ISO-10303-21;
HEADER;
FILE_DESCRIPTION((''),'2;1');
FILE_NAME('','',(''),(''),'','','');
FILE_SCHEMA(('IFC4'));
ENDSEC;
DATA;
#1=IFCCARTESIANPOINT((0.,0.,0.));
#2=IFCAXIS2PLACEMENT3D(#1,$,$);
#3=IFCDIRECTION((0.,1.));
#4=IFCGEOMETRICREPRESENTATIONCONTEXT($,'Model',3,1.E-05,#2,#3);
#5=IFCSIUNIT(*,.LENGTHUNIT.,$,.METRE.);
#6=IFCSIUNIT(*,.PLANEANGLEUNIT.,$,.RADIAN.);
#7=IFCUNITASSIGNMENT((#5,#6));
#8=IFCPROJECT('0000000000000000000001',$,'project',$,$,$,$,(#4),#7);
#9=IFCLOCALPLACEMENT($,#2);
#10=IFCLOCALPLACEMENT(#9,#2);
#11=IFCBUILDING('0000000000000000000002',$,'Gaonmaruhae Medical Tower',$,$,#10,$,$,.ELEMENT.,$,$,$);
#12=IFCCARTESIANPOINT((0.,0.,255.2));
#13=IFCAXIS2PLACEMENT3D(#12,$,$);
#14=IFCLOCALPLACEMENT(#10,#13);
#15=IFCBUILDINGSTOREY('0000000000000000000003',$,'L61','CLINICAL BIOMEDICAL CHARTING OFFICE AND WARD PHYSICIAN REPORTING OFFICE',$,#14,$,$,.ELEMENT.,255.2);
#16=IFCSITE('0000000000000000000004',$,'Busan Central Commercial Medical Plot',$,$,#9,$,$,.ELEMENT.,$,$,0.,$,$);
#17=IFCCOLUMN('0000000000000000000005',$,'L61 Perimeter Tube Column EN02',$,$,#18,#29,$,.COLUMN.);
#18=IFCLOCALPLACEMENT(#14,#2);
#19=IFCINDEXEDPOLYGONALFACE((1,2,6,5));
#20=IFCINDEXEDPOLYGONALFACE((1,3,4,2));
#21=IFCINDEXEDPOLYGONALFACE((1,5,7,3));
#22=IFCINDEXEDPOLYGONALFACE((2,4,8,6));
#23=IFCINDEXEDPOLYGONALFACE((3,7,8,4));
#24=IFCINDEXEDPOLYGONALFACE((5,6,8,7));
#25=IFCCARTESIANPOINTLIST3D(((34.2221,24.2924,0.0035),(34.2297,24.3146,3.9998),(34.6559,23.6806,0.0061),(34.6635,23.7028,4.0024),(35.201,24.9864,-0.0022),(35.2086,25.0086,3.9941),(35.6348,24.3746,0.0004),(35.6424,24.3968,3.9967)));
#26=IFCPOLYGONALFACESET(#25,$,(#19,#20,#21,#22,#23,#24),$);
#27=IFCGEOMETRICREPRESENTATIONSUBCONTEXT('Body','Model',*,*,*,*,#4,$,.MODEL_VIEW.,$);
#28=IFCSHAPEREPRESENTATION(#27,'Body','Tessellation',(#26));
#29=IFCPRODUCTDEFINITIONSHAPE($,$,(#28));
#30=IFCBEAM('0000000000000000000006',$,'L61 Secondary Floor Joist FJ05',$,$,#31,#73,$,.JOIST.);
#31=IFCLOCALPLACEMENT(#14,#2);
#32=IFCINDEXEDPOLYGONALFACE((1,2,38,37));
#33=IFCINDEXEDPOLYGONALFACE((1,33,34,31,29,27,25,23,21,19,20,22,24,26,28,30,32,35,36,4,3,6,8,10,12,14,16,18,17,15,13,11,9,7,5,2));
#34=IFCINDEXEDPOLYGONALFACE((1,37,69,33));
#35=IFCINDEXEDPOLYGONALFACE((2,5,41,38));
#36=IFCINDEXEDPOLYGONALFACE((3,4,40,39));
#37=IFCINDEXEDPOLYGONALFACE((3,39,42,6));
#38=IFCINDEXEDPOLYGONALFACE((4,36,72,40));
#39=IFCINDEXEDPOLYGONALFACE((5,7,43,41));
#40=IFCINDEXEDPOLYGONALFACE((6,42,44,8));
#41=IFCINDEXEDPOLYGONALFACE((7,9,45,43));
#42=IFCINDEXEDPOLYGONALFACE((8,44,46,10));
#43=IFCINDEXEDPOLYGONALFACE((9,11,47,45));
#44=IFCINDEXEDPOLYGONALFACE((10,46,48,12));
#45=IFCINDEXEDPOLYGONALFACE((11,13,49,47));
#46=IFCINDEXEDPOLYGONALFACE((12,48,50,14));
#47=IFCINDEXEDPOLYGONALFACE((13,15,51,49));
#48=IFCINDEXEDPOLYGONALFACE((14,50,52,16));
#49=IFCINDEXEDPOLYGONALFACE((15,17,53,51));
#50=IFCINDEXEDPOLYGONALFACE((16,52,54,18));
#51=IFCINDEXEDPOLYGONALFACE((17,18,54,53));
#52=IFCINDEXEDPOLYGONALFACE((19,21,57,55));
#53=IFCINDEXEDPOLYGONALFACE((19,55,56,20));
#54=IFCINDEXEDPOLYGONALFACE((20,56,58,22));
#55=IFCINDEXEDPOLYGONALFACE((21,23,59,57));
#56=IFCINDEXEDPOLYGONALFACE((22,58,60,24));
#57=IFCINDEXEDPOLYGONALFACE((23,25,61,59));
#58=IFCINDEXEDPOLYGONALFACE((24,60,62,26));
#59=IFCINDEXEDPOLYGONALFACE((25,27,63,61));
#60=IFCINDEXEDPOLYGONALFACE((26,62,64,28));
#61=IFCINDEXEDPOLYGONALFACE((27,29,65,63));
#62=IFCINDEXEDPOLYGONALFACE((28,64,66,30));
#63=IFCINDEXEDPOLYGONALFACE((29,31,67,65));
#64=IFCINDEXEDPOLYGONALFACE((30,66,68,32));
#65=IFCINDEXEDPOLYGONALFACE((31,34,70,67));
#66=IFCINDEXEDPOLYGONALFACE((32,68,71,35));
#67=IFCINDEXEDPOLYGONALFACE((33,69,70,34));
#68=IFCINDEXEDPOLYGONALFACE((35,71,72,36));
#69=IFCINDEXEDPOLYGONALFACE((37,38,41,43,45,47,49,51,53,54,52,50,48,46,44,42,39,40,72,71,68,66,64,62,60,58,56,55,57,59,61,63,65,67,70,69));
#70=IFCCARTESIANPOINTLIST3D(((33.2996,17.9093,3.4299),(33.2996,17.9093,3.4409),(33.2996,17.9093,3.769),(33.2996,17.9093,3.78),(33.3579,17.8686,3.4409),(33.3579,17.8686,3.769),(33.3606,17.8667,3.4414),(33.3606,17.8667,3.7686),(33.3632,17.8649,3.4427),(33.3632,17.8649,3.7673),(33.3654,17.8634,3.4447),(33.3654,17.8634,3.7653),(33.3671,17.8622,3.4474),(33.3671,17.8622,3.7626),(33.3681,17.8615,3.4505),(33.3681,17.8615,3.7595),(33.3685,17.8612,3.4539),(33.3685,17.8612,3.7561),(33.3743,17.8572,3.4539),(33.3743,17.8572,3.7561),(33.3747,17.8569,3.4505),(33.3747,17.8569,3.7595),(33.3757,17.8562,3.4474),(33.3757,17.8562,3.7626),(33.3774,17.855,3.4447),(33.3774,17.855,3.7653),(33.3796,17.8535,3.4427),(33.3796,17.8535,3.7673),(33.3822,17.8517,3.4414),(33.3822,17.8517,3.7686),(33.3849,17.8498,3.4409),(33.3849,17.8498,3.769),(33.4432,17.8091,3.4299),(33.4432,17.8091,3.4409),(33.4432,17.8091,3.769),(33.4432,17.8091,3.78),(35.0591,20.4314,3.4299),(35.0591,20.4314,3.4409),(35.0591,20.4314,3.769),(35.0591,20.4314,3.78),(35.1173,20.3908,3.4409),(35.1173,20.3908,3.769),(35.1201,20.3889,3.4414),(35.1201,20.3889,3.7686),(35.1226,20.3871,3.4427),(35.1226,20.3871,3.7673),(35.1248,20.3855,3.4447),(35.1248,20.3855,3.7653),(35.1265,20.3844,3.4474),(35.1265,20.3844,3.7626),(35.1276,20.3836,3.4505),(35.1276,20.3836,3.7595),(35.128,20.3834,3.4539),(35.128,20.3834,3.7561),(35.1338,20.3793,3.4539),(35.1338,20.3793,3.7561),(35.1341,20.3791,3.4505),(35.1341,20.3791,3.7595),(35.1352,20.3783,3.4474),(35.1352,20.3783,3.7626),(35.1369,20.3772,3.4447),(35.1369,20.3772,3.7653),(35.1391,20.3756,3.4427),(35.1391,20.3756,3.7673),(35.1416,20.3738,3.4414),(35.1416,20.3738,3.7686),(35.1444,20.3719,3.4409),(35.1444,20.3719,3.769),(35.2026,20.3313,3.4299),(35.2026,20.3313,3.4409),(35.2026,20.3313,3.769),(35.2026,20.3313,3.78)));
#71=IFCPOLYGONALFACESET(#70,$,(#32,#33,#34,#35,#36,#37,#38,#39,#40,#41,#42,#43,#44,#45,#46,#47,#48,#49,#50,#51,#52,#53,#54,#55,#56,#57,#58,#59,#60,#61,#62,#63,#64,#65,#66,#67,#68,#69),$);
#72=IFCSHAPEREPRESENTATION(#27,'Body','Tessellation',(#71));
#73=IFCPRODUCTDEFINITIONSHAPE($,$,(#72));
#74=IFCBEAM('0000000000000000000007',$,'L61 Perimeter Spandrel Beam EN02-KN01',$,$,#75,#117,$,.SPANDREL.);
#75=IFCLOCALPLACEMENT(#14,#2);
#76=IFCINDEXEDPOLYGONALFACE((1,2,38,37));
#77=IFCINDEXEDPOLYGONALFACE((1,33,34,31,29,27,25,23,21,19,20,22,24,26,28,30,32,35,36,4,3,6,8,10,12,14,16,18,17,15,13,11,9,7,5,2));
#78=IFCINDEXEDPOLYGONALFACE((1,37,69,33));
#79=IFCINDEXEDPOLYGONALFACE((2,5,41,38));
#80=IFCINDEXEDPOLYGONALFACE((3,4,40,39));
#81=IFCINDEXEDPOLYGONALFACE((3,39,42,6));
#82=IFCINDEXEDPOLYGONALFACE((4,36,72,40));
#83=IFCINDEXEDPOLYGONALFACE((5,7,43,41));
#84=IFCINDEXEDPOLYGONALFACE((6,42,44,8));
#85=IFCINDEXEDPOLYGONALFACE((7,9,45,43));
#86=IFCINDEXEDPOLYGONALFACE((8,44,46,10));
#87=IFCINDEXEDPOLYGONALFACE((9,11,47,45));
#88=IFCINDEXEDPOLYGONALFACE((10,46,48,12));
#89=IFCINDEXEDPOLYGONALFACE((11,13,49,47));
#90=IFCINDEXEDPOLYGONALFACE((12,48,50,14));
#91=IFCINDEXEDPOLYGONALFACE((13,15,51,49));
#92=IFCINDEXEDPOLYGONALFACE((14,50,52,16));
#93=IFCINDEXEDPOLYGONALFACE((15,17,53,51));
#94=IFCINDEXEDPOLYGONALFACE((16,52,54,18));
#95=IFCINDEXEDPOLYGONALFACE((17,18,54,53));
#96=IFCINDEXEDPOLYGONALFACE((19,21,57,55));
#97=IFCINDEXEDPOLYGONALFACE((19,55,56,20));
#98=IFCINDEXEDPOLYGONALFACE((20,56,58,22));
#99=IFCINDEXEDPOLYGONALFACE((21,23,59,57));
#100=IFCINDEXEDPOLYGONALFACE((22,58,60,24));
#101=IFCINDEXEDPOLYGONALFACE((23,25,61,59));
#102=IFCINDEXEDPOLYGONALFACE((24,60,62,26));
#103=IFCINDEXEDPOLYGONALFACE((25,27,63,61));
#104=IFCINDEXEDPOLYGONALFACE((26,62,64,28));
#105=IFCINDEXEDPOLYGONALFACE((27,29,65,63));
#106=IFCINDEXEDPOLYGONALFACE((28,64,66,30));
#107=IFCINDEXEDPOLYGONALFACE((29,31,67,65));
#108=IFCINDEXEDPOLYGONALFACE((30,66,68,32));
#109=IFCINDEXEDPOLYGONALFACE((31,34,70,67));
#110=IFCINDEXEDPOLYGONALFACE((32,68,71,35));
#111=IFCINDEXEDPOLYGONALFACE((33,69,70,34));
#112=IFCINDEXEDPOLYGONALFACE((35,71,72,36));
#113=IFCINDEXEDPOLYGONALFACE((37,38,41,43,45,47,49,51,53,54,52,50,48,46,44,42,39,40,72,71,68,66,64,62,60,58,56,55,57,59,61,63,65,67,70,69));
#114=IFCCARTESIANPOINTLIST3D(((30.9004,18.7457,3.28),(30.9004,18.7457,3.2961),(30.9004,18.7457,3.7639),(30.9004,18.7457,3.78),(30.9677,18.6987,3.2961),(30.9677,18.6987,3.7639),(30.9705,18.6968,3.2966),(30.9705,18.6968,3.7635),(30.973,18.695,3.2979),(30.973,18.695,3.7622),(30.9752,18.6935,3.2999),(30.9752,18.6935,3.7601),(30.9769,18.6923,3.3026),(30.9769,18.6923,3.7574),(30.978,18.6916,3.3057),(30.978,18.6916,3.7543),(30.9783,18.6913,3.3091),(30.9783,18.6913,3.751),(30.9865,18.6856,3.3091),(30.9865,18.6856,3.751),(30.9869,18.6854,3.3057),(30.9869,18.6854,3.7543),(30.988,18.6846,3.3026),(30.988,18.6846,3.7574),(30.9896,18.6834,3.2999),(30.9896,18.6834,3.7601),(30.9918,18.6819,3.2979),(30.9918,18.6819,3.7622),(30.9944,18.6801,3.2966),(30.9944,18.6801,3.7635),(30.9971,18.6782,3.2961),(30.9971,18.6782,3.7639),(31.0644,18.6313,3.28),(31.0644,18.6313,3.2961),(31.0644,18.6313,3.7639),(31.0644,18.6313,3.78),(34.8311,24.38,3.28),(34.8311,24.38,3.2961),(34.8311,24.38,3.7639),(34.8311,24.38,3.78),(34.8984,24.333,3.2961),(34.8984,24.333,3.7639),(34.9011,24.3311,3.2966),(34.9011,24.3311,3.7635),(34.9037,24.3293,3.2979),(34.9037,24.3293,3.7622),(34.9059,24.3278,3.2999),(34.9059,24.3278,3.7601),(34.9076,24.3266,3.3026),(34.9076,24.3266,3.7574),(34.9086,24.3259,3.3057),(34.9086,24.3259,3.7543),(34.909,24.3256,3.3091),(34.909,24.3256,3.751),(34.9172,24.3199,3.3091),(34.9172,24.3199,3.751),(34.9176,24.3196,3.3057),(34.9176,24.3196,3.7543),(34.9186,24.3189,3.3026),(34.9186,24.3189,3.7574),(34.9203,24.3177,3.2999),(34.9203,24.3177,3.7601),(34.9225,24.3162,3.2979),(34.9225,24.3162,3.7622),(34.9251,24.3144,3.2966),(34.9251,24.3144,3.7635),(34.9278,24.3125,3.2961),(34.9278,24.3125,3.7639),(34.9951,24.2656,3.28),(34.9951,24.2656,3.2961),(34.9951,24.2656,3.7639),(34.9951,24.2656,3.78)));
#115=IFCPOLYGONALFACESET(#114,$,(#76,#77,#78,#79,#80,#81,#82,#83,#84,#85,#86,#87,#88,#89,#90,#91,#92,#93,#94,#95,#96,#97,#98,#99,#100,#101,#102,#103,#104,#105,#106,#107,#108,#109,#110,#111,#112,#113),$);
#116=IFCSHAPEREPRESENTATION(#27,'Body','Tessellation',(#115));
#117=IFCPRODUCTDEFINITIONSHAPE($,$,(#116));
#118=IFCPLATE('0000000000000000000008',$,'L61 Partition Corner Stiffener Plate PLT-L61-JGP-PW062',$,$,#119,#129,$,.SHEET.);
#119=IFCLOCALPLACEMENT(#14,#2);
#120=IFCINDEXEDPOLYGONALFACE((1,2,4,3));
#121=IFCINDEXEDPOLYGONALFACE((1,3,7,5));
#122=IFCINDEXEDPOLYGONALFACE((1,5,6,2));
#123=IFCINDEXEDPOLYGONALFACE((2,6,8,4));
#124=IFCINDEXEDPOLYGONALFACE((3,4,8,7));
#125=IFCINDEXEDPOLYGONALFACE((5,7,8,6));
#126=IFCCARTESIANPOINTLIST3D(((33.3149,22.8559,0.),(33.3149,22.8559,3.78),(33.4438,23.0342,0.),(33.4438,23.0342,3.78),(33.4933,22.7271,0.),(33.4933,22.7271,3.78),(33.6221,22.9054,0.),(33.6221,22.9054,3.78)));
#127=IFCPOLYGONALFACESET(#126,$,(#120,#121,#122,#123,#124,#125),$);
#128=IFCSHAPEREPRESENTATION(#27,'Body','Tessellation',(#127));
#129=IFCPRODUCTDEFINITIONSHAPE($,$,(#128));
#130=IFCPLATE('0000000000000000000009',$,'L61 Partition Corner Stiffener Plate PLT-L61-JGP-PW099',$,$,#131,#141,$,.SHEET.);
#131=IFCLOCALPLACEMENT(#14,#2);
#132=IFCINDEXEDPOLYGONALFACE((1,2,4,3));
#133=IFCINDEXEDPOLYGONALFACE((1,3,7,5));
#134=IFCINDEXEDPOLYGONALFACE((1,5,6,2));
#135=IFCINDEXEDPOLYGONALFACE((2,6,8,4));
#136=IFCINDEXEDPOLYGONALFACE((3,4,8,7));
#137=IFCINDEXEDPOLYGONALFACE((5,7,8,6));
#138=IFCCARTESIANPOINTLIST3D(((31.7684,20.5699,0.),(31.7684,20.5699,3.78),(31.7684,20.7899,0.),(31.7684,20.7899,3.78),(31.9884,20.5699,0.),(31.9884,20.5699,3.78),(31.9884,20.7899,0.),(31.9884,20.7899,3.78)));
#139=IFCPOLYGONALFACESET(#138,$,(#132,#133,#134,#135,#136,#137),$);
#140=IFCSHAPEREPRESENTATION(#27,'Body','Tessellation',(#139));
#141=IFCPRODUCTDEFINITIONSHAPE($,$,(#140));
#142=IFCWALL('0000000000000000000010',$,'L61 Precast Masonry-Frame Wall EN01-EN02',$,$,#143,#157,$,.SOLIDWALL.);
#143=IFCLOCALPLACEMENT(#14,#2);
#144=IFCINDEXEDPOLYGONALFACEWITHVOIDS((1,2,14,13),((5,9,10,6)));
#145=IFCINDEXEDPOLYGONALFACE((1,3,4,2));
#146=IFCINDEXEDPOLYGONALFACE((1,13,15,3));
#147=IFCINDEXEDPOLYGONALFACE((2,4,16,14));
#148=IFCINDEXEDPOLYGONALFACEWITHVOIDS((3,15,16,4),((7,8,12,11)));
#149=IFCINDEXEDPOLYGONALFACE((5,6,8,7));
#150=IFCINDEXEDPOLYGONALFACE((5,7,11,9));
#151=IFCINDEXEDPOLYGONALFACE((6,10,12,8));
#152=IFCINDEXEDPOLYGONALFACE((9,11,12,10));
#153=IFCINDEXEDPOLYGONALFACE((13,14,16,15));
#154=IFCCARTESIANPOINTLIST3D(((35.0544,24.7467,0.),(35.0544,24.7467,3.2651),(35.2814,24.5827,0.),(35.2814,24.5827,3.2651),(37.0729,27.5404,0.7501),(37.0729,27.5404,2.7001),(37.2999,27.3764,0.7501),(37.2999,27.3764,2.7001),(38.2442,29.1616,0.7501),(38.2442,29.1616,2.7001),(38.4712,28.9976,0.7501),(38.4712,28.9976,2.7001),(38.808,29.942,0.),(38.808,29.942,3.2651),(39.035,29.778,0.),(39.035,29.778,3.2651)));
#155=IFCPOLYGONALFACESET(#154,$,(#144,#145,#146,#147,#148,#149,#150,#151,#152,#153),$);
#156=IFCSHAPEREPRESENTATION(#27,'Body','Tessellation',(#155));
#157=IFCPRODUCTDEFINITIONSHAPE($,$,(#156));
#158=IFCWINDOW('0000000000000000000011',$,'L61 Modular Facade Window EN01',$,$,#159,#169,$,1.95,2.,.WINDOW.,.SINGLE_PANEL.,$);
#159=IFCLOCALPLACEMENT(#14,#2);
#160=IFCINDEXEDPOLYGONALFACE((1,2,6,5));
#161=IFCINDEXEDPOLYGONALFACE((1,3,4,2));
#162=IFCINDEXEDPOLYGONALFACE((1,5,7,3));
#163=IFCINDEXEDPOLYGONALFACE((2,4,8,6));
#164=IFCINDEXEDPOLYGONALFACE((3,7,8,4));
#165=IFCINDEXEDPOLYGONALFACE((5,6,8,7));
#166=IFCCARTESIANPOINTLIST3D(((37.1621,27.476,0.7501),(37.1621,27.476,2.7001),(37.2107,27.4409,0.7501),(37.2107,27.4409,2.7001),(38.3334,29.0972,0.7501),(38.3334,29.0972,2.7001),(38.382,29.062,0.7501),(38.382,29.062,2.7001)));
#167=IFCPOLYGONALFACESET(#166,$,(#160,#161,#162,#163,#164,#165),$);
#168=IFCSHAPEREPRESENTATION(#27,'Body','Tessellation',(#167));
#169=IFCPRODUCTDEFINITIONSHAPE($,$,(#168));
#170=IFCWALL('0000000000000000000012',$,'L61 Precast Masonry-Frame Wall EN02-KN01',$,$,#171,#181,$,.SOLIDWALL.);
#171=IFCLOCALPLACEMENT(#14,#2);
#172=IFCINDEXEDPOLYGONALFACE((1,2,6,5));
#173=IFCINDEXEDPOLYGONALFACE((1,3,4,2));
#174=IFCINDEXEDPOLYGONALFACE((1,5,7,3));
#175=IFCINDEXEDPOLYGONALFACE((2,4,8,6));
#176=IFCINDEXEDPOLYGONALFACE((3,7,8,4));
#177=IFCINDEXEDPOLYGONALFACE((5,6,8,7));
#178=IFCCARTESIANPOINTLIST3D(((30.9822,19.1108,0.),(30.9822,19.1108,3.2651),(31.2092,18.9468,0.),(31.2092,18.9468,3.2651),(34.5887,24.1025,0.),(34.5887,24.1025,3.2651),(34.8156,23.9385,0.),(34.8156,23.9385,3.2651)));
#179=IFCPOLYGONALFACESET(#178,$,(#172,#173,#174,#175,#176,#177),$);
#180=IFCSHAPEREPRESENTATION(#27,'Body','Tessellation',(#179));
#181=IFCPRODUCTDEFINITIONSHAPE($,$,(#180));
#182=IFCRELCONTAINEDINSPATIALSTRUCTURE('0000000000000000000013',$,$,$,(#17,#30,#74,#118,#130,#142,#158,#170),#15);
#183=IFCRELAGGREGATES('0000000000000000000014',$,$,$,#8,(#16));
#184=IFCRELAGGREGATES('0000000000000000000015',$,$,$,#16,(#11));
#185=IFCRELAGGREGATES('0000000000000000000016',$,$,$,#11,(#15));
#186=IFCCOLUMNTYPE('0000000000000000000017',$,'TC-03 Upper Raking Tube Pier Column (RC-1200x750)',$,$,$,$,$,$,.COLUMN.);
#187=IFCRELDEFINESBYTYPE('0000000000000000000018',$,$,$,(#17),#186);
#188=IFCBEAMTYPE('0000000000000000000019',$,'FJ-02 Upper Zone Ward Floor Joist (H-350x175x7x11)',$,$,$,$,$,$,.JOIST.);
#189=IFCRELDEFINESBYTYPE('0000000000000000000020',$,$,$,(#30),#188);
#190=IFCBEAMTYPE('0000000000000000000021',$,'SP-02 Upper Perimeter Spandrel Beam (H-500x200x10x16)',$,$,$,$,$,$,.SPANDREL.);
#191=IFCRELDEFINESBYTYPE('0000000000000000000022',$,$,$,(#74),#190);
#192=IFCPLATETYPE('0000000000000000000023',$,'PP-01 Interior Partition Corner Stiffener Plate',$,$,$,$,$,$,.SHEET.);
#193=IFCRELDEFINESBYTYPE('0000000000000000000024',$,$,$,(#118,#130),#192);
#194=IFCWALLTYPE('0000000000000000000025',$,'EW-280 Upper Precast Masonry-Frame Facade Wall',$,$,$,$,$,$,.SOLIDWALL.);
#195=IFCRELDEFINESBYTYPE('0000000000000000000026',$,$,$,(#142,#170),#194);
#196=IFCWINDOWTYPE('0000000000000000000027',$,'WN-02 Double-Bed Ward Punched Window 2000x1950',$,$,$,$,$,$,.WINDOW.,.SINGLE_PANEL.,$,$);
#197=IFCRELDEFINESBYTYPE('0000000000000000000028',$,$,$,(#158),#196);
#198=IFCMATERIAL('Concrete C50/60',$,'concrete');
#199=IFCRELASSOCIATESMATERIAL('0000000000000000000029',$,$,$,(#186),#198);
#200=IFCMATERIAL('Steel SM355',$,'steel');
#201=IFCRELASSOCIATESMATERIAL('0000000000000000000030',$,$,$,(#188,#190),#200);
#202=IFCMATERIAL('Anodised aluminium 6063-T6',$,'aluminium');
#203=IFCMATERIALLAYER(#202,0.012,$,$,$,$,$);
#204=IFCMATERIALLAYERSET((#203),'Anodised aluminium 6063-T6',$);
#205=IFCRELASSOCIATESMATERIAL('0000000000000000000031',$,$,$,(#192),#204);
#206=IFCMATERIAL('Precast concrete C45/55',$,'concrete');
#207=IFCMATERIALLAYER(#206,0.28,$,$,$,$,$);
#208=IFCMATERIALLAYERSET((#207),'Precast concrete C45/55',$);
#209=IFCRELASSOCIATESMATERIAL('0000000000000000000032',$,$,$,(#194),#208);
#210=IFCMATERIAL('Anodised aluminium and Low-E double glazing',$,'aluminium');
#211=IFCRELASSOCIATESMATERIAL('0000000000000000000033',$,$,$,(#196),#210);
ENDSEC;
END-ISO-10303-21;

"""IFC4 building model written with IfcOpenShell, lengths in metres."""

from ifc_helpers import new_model, si_unit, direction, frame, frame_2d, origin, origin_2d, place, context, subcontext, project, spatial, rectangle, i_section, extrude, material, layer, layer_set, material_profile, profile_set, type_object, element, fill, save


model = new_model("IFC4")

# Units and contexts
model_context = context("Model", 3, precision=1e-05, world=origin(), true_north=direction((0.0, 1.0)))
body_context = subcontext(model_context, "Body", "Model", "MODEL_VIEW")
ifc_project = project(units=[si_unit("LENGTHUNIT", "METRE"), si_unit("PLANEANGLEUNIT", "RADIAN")], contexts=[model_context])

# Site, building, storey
site_placement = place(None, origin())
site = spatial("IfcSite", under=ifc_project, at=site_placement, Name="Busan Central Commercial Medical Plot", CompositionType="ELEMENT", RefElevation=0.0)
building_placement = place(site_placement, origin())
building = spatial("IfcBuilding", under=site, at=building_placement, Name="Gaonmaruhae Medical Tower", CompositionType="ELEMENT")
storey_placement = place(building_placement, frame((0.0, 0.0, 255.2)))
storey = spatial("IfcBuildingStorey", under=building, at=storey_placement, Name="L61", Description="CLINICAL BIOMEDICAL CHARTING OFFICE AND WARD PHYSICIAN REPORTING OFFICE", CompositionType="ELEMENT", Elevation=255.2)

# Column
ifc_material_1 = material(Name="Concrete C50/60", Category="concrete")
ifc_material_profile_1 = material_profile(ifc_material_1, rectangle(XDim=1.2, YDim=0.75, at=origin_2d()), Name="RC-1200x750")
ifc_profile_set_1 = profile_set([ifc_material_profile_1], Name="Concrete C50/60")
column_type = type_object("IfcColumnType", Name="TC-03 Upper Raking Tube Pier Column (RC-1200x750)", PredefinedType="COLUMN", material=ifc_profile_set_1)
column_placement = place(storey_placement, frame((34.9285, 24.3335, 0.002), z_axis=(0.001894, 0.005559, 0.999983), x_axis=(-0.815749, -0.578387, 0.00476)))
element("IfcColumn", 1, at=column_placement, inside=storey, type_object=column_type, Name="L61 Perimeter Tube Column EN02", PredefinedType="COLUMN", context=body_context, shape_type="SweptSolid", body=[
    extrude(rectangle(XDim=1.2, YDim=0.75, at=origin_2d()), origin(), (0.0, 0.0, 1.0), 3.9963),
])

# Beams
ifc_material_2 = material(Name="Steel SM355", Category="steel")
ifc_material_profile_2 = material_profile(ifc_material_2, i_section(OverallWidth=0.175, OverallDepth=0.3501, WebThickness=0.0071, FlangeThickness=0.011, FilletRadius=0.0129, at=origin_2d()), Name="H-350x175x7x11")
ifc_profile_set_2 = profile_set([ifc_material_profile_2], Name="Steel SM355")
beam_type_1 = type_object("IfcBeamType", Name="FJ-02 Upper Zone Ward Floor Joist (H-350x175x7x11)", PredefinedType="JOIST", material=ifc_profile_set_2)
beam_1_placement = place(storey_placement, frame((35.1309, 20.3813, 3.605), z_axis=(-0.572146, -0.820152, 0.0), x_axis=(0.820152, -0.572146, 0.0)))
element("IfcBeam", 2, at=beam_1_placement, inside=storey, type_object=beam_type_1, Name="L61 Secondary Floor Joist FJ05", PredefinedType="JOIST", context=body_context, shape_type="SweptSolid", body=[
    extrude(i_section(OverallWidth=0.175, OverallDepth=0.3501, WebThickness=0.0071, FlangeThickness=0.011, FilletRadius=0.0129, at=origin_2d()), origin(), (0.0, 0.0, 1.0), 3.0752),
])
ifc_material_profile_3 = material_profile(ifc_material_2, i_section(OverallWidth=0.2, OverallDepth=0.5, WebThickness=0.01, FlangeThickness=0.0161, FilletRadius=0.0129, at=origin_2d()), Name="H-500x200x10x16")
ifc_profile_set_3 = profile_set([ifc_material_profile_3], Name="Steel SM355")
beam_type_2 = type_object("IfcBeamType", Name="SP-02 Upper Perimeter Spandrel Beam (H-500x200x10x16)", PredefinedType="SPANDREL", material=ifc_profile_set_3)
beam_2_placement = place(storey_placement, frame((34.9131, 24.3228, 3.53), z_axis=(-0.572159, -0.820142, 0.0), x_axis=(0.820142, -0.572159, 0.0)))
element("IfcBeam", 3, at=beam_2_placement, inside=storey, type_object=beam_type_2, Name="L61 Perimeter Spandrel Beam EN02-KN01", PredefinedType="SPANDREL", context=body_context, shape_type="SweptSolid", body=[
    extrude(i_section(OverallWidth=0.2, OverallDepth=0.5, WebThickness=0.01, FlangeThickness=0.0161, FilletRadius=0.0129, at=origin_2d()), origin(), (0.0, 0.0, 1.0), 6.8699),
])

# Plates
ifc_material_3 = material(Name="Anodised aluminium 6063-T6", Category="aluminium")
ifc_layer_1 = layer(ifc_material_3, 0.012)
ifc_layer_set_1 = layer_set([ifc_layer_1], Name="Anodised aluminium 6063-T6")
plate_type = type_object("IfcPlateType", Name="PP-01 Interior Partition Corner Stiffener Plate", PredefinedType="SHEET", material=ifc_layer_set_1)
for number, where, z_axis, x_axis, name in (
    (4, (33.4685, 22.8806, 0.0), (0.0, 0.0, 1.0), (-0.810614, 0.58558, 0.0), "L61 Partition Corner Stiffener Plate PLT-L61-JGP-PW062"),
    (5, (31.8784, 20.6799, 0.0), (0.0, 0.0, 1.0), (-1.0, 0.0, 0.0), "L61 Partition Corner Stiffener Plate PLT-L61-JGP-PW099"),
):
    element("IfcPlate", number, at=place(storey_placement, frame(where, z_axis=z_axis, x_axis=x_axis)), inside=storey, type_object=plate_type, Name=name, PredefinedType="SHEET", context=body_context, shape_type="SweptSolid", body=[
        extrude(rectangle(XDim=0.22, YDim=0.22, at=origin_2d()), origin(), (0.0, 0.0, 1.0), 3.78),
    ])

# Wall, opening, window
ifc_material_4 = material(Name="Precast concrete C45/55", Category="concrete")
ifc_layer_2 = layer(ifc_material_4, 0.28)
ifc_layer_set_2 = layer_set([ifc_layer_2], Name="Precast concrete C45/55")
wall_type_1 = type_object("IfcWallType", Name="EW-280 Upper Precast Masonry-Frame Facade Wall", PredefinedType="SOLIDWALL", material=ifc_layer_set_2)
wall_1_placement = place(storey_placement, frame((35.168, 24.6648, 0.0), z_axis=(0.0, 0.0, 1.0), x_axis=(0.585644, 0.810569, 0.0)))
wall_1 = element("IfcWall", 6, at=wall_1_placement, inside=storey, type_object=wall_type_1, Name="L61 Precast Masonry-Frame Wall EN01-EN02", PredefinedType="SOLIDWALL", context=body_context, shape_type="SweptSolid", body=[
    extrude(rectangle(XDim=6.4094, YDim=0.28, at=frame_2d((3.2046, 0.0))), origin(), (0.0, 0.0, 1.0), 3.2651),
])
opening_1_placement = place(wall_1_placement, frame((3.4465, 0.0, 0.75)))
opening_1 = element("IfcOpeningElement", 7, at=opening_1_placement, cuts=wall_1, PredefinedType="OPENING", context=body_context, shape_type="SweptSolid", body=[
    extrude(rectangle(XDim=2.0, YDim=1.95, at=frame_2d((1.0, 0.9751))), frame((0.0, 0.1499, 0.0), z_axis=(0.0, -1.0, 0.0), x_axis=(1.0, 0.0, 0.0)), (0.0, 0.0, 1.0), 0.3),
])
ifc_material_5 = material(Name="Anodised aluminium and Low-E double glazing", Category="aluminium")
window_type = type_object("IfcWindowType", Name="WN-02 Double-Bed Ward Punched Window 2000x1950", PartitioningType="SINGLE_PANEL", PredefinedType="WINDOW", material=ifc_material_5)
window_placement = place(opening_1_placement, origin())
window = element("IfcWindow", 8, at=window_placement, inside=storey, type_object=window_type, Name="L61 Modular Facade Window EN01", OverallHeight=1.95, OverallWidth=2.0, PartitioningType="SINGLE_PANEL", PredefinedType="WINDOW", context=body_context, shape_type="SweptSolid", body=[
    extrude(rectangle(XDim=2.0, YDim=1.95, at=frame_2d((1.0, 0.9751))), frame((0.0, 0.03, 0.0), z_axis=(0.0, -1.0, 0.0), x_axis=(1.0, 0.0, 0.0)), (0.0, 0.0, 1.0), 0.0601),
])
fill(opening_1, window)

# Wall
wall_2_placement = place(storey_placement, frame((31.0957, 19.0288, 0.0), z_axis=(0.0, 0.0, 1.0), x_axis=(0.585632, 0.810577, 0.0)))
element("IfcWall", 9, at=wall_2_placement, inside=storey, type_object=wall_type_1, Name="L61 Precast Masonry-Frame Wall EN02-KN01", PredefinedType="SOLIDWALL", context=body_context, shape_type="SweptSolid", body=[
    extrude(rectangle(XDim=6.1582, YDim=0.28, at=frame_2d((3.0791, 0.0))), origin(), (0.0, 0.0, 1.0), 3.2651),
])

save(model, "model.ifc")
